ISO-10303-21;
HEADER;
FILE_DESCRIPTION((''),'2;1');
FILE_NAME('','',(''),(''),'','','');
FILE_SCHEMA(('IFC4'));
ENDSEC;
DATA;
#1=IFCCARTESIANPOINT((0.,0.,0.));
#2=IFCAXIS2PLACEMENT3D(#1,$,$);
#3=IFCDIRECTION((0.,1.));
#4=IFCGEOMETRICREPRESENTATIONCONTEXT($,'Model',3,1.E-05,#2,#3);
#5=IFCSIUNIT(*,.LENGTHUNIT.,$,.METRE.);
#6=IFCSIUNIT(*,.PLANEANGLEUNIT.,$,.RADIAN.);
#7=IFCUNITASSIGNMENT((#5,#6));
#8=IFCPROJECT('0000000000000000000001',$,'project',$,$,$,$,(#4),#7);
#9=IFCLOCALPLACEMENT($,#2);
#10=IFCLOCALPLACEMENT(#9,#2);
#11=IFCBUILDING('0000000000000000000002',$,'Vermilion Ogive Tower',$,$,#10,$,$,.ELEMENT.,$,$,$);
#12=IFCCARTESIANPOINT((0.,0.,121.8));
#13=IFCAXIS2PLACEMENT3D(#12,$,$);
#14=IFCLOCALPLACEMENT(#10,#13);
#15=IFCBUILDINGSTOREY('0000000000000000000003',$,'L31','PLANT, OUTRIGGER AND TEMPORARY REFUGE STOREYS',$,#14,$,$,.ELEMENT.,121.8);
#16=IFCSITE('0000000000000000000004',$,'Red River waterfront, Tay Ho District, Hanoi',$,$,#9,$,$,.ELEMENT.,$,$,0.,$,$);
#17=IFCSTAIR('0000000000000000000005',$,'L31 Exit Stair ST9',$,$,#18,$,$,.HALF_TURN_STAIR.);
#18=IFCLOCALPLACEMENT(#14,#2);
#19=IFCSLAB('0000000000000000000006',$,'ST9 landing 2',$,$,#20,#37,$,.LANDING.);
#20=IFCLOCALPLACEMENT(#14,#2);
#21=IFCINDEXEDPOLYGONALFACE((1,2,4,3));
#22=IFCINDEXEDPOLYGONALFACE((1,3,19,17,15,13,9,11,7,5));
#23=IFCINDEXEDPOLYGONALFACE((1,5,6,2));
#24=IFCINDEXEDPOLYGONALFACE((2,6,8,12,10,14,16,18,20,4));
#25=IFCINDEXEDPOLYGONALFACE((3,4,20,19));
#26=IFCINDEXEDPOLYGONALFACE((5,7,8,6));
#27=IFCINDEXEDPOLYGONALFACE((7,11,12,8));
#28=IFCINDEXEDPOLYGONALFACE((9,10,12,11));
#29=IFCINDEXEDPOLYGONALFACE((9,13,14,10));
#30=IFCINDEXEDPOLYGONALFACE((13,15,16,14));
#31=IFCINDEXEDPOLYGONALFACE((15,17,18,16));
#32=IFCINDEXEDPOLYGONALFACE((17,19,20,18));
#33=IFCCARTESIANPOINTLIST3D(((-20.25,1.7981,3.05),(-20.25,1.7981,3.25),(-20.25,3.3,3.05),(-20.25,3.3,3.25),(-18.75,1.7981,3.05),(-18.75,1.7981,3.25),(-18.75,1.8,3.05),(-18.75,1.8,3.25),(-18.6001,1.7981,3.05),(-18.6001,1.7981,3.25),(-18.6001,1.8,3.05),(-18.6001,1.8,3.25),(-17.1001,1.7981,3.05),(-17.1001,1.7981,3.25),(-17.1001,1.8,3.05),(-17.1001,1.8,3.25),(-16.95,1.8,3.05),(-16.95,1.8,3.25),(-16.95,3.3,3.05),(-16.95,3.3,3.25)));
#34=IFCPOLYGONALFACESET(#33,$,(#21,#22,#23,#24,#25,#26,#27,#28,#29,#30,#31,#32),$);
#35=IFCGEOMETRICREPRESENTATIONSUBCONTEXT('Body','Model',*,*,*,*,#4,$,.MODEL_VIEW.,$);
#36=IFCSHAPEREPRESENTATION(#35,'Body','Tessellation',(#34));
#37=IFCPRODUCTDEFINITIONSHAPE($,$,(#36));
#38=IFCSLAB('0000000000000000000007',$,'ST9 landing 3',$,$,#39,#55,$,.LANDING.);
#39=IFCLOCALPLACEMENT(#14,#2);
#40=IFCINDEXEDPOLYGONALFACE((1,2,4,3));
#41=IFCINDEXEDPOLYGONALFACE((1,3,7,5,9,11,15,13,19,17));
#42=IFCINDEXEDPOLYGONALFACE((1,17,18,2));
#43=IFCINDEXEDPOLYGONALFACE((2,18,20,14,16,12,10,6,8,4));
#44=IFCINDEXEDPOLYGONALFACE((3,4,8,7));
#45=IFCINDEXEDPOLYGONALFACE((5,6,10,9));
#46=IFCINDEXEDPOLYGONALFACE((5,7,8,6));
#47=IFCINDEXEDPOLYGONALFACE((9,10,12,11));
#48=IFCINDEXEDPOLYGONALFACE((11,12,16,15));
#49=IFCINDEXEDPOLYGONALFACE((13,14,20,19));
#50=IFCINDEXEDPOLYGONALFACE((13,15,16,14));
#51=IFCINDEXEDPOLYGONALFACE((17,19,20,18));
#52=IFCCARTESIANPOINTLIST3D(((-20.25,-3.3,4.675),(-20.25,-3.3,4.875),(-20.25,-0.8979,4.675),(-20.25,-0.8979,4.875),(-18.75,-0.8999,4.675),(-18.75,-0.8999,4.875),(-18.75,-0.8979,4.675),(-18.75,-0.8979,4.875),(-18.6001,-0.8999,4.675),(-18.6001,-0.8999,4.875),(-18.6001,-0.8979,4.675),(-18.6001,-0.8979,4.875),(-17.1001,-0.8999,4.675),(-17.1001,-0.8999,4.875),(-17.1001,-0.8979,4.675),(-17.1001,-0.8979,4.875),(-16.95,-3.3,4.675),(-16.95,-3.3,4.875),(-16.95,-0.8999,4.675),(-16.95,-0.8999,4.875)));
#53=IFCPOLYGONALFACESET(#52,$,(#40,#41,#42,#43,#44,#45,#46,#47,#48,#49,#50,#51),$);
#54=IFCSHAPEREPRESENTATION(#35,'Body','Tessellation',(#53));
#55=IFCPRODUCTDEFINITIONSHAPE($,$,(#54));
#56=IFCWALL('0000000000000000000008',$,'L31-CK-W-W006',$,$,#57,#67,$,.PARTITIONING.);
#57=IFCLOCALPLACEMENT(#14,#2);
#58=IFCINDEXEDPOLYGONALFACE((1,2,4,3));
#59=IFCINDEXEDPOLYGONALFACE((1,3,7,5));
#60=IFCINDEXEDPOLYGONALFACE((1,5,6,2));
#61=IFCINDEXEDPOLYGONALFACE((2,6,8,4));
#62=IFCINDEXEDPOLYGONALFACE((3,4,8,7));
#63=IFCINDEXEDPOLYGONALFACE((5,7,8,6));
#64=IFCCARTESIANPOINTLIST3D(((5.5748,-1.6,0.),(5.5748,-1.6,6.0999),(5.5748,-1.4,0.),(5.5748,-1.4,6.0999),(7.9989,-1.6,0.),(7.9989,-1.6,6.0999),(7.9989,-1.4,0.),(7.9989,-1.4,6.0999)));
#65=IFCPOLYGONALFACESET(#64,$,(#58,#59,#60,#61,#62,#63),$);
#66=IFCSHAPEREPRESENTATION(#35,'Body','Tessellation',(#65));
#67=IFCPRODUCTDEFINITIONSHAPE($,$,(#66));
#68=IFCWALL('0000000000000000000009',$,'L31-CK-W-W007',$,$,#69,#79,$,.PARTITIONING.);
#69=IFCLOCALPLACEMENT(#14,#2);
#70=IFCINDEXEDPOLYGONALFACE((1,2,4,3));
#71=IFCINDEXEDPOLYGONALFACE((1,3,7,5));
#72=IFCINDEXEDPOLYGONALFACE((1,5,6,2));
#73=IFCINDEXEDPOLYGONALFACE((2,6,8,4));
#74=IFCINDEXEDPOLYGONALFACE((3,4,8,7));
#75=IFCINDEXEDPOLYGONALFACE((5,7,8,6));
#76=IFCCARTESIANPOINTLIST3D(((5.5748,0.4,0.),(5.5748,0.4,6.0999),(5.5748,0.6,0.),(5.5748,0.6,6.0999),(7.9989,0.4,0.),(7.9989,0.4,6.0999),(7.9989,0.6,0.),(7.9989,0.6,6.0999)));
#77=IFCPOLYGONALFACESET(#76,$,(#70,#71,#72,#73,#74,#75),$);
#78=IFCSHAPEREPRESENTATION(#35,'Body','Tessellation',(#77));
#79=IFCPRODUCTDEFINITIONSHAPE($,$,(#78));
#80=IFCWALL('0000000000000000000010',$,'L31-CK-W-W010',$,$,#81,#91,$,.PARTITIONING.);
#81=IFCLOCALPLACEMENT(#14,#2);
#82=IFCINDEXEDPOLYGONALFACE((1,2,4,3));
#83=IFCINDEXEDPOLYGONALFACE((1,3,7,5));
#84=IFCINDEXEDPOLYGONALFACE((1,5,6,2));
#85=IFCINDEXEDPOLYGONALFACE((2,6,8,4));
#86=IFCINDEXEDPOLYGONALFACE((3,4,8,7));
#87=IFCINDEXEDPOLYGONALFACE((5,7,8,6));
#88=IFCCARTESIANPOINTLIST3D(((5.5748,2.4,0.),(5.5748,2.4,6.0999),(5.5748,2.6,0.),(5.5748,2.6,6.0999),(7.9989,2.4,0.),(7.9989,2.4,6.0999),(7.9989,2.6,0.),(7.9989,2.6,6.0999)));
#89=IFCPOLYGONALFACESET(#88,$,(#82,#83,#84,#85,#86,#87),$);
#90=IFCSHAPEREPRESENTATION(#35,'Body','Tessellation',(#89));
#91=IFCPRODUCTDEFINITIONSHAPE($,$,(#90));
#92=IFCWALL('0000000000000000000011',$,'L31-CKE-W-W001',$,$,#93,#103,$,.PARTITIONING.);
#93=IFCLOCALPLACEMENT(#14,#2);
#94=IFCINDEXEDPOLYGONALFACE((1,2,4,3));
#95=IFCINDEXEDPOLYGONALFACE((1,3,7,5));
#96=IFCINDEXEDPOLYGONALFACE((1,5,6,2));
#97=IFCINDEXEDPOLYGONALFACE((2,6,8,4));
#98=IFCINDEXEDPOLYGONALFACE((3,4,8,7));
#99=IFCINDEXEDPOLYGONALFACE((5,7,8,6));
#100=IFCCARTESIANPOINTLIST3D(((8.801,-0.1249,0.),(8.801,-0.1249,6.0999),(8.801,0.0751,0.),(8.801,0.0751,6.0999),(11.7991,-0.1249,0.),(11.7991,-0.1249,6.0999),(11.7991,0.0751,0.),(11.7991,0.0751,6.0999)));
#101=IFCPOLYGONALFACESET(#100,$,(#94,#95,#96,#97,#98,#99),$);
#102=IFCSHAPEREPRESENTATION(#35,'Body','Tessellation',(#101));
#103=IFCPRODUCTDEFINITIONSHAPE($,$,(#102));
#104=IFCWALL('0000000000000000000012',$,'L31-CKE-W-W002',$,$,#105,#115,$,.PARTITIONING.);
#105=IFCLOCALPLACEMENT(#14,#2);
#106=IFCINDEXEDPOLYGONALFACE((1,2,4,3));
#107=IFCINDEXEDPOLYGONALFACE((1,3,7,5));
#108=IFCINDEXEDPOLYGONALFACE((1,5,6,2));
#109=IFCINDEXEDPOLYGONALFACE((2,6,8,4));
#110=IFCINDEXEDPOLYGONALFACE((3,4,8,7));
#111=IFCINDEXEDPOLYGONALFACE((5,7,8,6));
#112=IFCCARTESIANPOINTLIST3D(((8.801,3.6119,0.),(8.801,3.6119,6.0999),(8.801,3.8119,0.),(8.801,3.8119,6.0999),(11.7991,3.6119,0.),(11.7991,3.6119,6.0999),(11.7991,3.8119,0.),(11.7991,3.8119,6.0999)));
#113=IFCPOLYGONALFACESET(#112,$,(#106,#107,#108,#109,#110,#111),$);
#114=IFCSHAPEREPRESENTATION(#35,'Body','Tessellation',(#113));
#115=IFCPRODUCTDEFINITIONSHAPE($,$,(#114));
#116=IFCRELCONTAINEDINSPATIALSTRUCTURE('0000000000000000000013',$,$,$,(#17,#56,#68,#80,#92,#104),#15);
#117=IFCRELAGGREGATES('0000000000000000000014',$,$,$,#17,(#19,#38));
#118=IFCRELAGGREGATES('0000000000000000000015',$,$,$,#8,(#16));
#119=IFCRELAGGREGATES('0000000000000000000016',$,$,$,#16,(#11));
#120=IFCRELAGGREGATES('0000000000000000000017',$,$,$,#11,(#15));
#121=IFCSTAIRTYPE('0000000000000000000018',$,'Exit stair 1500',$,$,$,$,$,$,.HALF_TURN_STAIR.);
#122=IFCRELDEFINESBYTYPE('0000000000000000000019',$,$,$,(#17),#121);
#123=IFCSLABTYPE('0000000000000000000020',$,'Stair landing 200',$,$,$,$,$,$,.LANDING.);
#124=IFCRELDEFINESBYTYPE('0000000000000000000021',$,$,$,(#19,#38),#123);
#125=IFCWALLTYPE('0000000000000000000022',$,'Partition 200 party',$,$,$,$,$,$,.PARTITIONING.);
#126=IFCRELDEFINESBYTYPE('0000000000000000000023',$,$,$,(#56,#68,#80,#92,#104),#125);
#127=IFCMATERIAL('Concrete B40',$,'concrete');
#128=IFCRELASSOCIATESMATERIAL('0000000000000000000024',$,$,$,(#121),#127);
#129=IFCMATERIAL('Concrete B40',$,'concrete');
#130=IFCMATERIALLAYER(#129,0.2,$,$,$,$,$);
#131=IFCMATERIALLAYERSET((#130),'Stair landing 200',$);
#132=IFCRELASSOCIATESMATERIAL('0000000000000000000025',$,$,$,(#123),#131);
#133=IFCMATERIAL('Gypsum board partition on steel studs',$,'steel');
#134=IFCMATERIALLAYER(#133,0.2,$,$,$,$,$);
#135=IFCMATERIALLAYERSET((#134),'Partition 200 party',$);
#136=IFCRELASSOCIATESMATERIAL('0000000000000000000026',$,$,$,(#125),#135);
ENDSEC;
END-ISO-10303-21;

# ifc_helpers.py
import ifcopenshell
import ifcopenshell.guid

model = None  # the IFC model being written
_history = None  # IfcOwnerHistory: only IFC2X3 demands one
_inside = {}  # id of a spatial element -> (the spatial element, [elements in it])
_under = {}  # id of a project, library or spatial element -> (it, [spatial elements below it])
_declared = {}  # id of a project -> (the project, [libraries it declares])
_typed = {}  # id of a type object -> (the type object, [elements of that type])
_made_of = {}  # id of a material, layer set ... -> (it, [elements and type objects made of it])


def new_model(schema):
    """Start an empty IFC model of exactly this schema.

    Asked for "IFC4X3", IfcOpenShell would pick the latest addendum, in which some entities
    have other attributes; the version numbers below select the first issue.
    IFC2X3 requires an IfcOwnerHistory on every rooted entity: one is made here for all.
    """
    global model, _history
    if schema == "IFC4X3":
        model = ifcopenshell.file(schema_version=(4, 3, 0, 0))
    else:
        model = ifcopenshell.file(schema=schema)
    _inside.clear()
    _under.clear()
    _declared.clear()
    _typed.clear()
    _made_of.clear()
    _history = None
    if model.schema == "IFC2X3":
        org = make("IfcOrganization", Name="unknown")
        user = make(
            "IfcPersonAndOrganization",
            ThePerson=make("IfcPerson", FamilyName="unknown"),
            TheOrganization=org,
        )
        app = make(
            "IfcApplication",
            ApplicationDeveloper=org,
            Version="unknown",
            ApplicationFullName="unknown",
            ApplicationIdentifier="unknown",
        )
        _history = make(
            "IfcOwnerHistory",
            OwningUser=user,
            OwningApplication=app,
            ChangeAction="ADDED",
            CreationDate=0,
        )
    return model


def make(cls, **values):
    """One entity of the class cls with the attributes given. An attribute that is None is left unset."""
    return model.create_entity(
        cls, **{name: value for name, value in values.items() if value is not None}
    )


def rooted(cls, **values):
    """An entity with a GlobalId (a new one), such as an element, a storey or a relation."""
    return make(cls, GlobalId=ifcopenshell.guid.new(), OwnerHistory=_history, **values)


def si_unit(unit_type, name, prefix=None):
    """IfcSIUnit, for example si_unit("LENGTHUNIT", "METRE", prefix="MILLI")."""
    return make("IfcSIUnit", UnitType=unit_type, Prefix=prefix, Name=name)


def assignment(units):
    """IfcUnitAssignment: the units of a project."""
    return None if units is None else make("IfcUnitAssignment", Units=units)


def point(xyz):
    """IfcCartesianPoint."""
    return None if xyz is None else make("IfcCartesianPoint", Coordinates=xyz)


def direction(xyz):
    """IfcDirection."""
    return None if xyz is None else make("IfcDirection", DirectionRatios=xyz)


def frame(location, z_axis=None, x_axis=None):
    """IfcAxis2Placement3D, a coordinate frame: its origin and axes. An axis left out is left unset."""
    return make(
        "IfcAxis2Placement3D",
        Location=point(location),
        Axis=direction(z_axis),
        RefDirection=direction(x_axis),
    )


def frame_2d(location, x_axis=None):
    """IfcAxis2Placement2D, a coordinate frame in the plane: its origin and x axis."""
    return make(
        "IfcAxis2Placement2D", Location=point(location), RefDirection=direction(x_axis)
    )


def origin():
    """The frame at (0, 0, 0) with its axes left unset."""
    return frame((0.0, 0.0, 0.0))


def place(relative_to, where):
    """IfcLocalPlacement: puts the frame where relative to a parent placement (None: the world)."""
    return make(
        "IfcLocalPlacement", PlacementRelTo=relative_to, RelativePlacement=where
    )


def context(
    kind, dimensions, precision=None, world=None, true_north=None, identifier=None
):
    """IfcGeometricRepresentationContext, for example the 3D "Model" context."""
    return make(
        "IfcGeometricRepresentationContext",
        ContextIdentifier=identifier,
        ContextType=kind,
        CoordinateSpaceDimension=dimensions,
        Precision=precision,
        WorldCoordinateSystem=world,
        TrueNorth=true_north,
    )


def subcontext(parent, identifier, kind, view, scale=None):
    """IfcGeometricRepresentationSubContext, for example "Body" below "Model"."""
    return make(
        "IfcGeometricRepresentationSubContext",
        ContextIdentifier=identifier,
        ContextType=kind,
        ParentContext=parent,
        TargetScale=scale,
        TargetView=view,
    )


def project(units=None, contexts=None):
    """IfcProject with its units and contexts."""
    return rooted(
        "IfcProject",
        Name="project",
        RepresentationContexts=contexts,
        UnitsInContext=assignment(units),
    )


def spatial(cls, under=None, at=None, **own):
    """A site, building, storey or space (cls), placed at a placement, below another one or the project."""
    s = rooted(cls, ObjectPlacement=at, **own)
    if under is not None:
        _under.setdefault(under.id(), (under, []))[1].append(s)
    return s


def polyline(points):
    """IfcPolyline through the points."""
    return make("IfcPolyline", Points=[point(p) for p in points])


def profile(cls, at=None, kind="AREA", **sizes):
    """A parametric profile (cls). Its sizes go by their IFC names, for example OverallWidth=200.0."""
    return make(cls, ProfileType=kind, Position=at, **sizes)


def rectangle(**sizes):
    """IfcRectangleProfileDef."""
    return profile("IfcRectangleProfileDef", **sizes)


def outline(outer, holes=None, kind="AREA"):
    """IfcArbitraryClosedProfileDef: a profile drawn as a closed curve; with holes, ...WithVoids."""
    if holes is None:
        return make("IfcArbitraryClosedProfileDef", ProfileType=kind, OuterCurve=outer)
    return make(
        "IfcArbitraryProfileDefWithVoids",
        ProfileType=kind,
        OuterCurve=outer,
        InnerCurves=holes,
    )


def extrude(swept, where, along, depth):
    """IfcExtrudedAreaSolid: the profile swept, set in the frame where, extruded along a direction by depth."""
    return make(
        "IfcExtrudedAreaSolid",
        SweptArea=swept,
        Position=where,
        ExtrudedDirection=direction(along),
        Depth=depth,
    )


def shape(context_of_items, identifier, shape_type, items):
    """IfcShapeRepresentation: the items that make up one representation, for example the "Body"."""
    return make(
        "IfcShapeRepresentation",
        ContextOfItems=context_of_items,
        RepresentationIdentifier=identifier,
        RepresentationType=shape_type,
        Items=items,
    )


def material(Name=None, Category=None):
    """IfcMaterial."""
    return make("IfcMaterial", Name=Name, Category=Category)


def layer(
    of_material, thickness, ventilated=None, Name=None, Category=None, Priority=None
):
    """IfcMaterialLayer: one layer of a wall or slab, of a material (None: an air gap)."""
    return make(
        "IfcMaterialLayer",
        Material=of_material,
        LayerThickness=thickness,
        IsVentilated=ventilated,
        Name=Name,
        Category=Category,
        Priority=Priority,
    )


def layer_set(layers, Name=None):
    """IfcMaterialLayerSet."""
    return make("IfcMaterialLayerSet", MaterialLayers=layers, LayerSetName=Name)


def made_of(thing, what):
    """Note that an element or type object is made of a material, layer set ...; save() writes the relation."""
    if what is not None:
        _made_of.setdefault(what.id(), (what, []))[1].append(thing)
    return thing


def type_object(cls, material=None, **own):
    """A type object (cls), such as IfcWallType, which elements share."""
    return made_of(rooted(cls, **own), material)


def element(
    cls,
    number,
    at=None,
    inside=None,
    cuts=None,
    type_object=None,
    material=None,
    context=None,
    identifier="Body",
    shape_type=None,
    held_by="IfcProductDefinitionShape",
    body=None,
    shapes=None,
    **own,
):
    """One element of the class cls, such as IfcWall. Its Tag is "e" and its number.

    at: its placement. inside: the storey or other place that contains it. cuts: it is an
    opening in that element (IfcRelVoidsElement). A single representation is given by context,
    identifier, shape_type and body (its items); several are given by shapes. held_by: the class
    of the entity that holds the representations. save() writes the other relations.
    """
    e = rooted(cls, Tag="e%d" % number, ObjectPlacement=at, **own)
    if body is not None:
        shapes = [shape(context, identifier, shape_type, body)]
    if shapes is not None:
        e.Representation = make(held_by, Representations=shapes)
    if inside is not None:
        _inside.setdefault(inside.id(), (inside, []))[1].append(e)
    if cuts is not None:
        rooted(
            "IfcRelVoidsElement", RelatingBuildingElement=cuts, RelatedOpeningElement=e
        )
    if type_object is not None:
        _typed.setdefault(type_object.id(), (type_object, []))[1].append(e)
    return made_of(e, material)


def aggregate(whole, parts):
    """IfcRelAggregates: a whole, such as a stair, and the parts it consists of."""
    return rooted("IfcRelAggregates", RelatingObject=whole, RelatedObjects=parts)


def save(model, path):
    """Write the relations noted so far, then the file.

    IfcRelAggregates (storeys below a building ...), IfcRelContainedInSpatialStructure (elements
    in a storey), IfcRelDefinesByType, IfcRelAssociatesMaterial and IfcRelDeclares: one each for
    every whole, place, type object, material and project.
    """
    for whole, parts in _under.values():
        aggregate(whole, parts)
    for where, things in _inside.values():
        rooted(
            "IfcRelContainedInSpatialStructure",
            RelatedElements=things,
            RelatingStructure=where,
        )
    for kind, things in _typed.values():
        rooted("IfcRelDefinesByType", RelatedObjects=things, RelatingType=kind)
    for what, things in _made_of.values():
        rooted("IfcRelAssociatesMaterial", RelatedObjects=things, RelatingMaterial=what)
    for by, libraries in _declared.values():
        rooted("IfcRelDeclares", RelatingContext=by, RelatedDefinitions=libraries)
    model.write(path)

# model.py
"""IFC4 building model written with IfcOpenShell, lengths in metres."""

from ifc_helpers import new_model, si_unit, direction, frame, frame_2d, origin, place, context, subcontext, project, spatial, polyline, rectangle, outline, extrude, material, layer, layer_set, type_object, element, aggregate, save


model = new_model("IFC4")

# Units and contexts
model_context = context("Model", 3, precision=1e-05, world=origin(), true_north=direction((0.0, 1.0)))
body_context = subcontext(model_context, "Body", "Model", "MODEL_VIEW")
ifc_project = project(units=[si_unit("LENGTHUNIT", "METRE"), si_unit("PLANEANGLEUNIT", "RADIAN")], contexts=[model_context])

# Site, building, storey
site_placement = place(None, origin())
site = spatial("IfcSite", under=ifc_project, at=site_placement, Name="Red River waterfront, Tay Ho District, Hanoi", CompositionType="ELEMENT", RefElevation=0.0)
building_placement = place(site_placement, origin())
building = spatial("IfcBuilding", under=site, at=building_placement, Name="Vermilion Ogive Tower", CompositionType="ELEMENT")
storey_placement = place(building_placement, frame((0.0, 0.0, 121.8)))
storey = spatial("IfcBuildingStorey", under=building, at=storey_placement, Name="L31", Description="PLANT, OUTRIGGER AND TEMPORARY REFUGE STOREYS", CompositionType="ELEMENT", Elevation=121.8)

# Shared definitions
ifc_material_1 = material(Name="Concrete B40", Category="concrete")
stair_type = type_object("IfcStairType", Name="Exit stair 1500", PredefinedType="HALF_TURN_STAIR", material=ifc_material_1)
ifc_material_2 = material(Name="Concrete B40", Category="concrete")
ifc_layer_1 = layer(ifc_material_2, 0.2)
ifc_layer_set_1 = layer_set([ifc_layer_1], Name="Stair landing 200")
slab_type_1 = type_object("IfcSlabType", Name="Stair landing 200", PredefinedType="LANDING", material=ifc_layer_set_1)

# Stair, slabs
stair_1_placement = place(storey_placement, origin())
stair_1 = element("IfcStair", 1, at=stair_1_placement, inside=storey, type_object=stair_type, Name="L31 Exit Stair ST9", PredefinedType="HALF_TURN_STAIR")
slab_1_placement = place(storey_placement, frame((0.0, 0.0, 3.05)))
slab_1 = element("IfcSlab", 2, at=slab_1_placement, type_object=slab_type_1, Name="ST9 landing 2", PredefinedType="LANDING", context=body_context, shape_type="SweptSolid", body=[
    extrude(outline(polyline([(-20.25, 3.3), (-20.25, 1.7981), (-18.75, 1.7981), (-18.75, 1.8), (-18.6001, 1.8), (-18.6001, 1.7981), (-17.1001, 1.7981), (-17.1001, 1.8), (-16.95, 1.8), (-16.95, 3.3), (-20.25, 3.3)])), origin(), (0.0, 0.0, 1.0), 0.2),
])
slab_2_placement = place(storey_placement, frame((0.0, 0.0, 4.675)))
slab_2 = element("IfcSlab", 3, at=slab_2_placement, type_object=slab_type_1, Name="ST9 landing 3", PredefinedType="LANDING", context=body_context, shape_type="SweptSolid", body=[
    extrude(outline(polyline([(-16.95, -0.8999), (-17.1001, -0.8999), (-17.1001, -0.8979), (-18.6001, -0.8979), (-18.6001, -0.8999), (-18.75, -0.8999), (-18.75, -0.8979), (-20.25, -0.8979), (-20.25, -3.3), (-16.95, -3.3), (-16.95, -0.8999)])), origin(), (0.0, 0.0, 1.0), 0.2),
])
aggregate(stair_1, [slab_1, slab_2])

# Walls
ifc_material_3 = material(Name="Gypsum board partition on steel studs", Category="steel")
ifc_layer_2 = layer(ifc_material_3, 0.2)
ifc_layer_set_2 = layer_set([ifc_layer_2], Name="Partition 200 party")
wall_type = type_object("IfcWallType", Name="Partition 200 party", PredefinedType="PARTITIONING", material=ifc_layer_set_2)
for number, where, z_axis, x_axis, name in (
    (4, (5.575, -1.5, 0.0), (0.0, 0.0, 1.0), (1.0, 0.0, 0.0), "L31-CK-W-W006"),
    (5, (5.575, 0.5, 0.0), (0.0, 0.0, 1.0), (1.0, 0.0, 0.0), "L31-CK-W-W007"),
    (6, (5.575, 2.5, 0.0), (0.0, 0.0, 1.0), (1.0, 0.0, 0.0), "L31-CK-W-W010"),
):
    element("IfcWall", number, at=place(storey_placement, frame(where, z_axis=z_axis, x_axis=x_axis)), inside=storey, type_object=wall_type, Name=name, PredefinedType="PARTITIONING", context=body_context, shape_type="SweptSolid", body=[
        extrude(rectangle(XDim=2.4241, YDim=0.2, at=frame_2d((1.2119, 0.0))), origin(), (0.0, 0.0, 1.0), 6.0999),
    ])
for number, where, z_axis, x_axis, name in (
    (7, (8.801, -0.0249, 0.0), (0.0, 0.0, 1.0), (1.0, 0.0, 0.0), "L31-CKE-W-W001"),
    (8, (8.801, 3.7119, 0.0), (0.0, 0.0, 1.0), (1.0, 0.0, 0.0), "L31-CKE-W-W002"),
):
    element("IfcWall", number, at=place(storey_placement, frame(where, z_axis=z_axis, x_axis=x_axis)), inside=storey, type_object=wall_type, Name=name, PredefinedType="PARTITIONING", context=body_context, shape_type="SweptSolid", body=[
        extrude(rectangle(XDim=2.998, YDim=0.2, at=frame_2d((1.499, 0.0))), origin(), (0.0, 0.0, 1.0), 6.0999),
    ])

save(model, "model.ifc")
